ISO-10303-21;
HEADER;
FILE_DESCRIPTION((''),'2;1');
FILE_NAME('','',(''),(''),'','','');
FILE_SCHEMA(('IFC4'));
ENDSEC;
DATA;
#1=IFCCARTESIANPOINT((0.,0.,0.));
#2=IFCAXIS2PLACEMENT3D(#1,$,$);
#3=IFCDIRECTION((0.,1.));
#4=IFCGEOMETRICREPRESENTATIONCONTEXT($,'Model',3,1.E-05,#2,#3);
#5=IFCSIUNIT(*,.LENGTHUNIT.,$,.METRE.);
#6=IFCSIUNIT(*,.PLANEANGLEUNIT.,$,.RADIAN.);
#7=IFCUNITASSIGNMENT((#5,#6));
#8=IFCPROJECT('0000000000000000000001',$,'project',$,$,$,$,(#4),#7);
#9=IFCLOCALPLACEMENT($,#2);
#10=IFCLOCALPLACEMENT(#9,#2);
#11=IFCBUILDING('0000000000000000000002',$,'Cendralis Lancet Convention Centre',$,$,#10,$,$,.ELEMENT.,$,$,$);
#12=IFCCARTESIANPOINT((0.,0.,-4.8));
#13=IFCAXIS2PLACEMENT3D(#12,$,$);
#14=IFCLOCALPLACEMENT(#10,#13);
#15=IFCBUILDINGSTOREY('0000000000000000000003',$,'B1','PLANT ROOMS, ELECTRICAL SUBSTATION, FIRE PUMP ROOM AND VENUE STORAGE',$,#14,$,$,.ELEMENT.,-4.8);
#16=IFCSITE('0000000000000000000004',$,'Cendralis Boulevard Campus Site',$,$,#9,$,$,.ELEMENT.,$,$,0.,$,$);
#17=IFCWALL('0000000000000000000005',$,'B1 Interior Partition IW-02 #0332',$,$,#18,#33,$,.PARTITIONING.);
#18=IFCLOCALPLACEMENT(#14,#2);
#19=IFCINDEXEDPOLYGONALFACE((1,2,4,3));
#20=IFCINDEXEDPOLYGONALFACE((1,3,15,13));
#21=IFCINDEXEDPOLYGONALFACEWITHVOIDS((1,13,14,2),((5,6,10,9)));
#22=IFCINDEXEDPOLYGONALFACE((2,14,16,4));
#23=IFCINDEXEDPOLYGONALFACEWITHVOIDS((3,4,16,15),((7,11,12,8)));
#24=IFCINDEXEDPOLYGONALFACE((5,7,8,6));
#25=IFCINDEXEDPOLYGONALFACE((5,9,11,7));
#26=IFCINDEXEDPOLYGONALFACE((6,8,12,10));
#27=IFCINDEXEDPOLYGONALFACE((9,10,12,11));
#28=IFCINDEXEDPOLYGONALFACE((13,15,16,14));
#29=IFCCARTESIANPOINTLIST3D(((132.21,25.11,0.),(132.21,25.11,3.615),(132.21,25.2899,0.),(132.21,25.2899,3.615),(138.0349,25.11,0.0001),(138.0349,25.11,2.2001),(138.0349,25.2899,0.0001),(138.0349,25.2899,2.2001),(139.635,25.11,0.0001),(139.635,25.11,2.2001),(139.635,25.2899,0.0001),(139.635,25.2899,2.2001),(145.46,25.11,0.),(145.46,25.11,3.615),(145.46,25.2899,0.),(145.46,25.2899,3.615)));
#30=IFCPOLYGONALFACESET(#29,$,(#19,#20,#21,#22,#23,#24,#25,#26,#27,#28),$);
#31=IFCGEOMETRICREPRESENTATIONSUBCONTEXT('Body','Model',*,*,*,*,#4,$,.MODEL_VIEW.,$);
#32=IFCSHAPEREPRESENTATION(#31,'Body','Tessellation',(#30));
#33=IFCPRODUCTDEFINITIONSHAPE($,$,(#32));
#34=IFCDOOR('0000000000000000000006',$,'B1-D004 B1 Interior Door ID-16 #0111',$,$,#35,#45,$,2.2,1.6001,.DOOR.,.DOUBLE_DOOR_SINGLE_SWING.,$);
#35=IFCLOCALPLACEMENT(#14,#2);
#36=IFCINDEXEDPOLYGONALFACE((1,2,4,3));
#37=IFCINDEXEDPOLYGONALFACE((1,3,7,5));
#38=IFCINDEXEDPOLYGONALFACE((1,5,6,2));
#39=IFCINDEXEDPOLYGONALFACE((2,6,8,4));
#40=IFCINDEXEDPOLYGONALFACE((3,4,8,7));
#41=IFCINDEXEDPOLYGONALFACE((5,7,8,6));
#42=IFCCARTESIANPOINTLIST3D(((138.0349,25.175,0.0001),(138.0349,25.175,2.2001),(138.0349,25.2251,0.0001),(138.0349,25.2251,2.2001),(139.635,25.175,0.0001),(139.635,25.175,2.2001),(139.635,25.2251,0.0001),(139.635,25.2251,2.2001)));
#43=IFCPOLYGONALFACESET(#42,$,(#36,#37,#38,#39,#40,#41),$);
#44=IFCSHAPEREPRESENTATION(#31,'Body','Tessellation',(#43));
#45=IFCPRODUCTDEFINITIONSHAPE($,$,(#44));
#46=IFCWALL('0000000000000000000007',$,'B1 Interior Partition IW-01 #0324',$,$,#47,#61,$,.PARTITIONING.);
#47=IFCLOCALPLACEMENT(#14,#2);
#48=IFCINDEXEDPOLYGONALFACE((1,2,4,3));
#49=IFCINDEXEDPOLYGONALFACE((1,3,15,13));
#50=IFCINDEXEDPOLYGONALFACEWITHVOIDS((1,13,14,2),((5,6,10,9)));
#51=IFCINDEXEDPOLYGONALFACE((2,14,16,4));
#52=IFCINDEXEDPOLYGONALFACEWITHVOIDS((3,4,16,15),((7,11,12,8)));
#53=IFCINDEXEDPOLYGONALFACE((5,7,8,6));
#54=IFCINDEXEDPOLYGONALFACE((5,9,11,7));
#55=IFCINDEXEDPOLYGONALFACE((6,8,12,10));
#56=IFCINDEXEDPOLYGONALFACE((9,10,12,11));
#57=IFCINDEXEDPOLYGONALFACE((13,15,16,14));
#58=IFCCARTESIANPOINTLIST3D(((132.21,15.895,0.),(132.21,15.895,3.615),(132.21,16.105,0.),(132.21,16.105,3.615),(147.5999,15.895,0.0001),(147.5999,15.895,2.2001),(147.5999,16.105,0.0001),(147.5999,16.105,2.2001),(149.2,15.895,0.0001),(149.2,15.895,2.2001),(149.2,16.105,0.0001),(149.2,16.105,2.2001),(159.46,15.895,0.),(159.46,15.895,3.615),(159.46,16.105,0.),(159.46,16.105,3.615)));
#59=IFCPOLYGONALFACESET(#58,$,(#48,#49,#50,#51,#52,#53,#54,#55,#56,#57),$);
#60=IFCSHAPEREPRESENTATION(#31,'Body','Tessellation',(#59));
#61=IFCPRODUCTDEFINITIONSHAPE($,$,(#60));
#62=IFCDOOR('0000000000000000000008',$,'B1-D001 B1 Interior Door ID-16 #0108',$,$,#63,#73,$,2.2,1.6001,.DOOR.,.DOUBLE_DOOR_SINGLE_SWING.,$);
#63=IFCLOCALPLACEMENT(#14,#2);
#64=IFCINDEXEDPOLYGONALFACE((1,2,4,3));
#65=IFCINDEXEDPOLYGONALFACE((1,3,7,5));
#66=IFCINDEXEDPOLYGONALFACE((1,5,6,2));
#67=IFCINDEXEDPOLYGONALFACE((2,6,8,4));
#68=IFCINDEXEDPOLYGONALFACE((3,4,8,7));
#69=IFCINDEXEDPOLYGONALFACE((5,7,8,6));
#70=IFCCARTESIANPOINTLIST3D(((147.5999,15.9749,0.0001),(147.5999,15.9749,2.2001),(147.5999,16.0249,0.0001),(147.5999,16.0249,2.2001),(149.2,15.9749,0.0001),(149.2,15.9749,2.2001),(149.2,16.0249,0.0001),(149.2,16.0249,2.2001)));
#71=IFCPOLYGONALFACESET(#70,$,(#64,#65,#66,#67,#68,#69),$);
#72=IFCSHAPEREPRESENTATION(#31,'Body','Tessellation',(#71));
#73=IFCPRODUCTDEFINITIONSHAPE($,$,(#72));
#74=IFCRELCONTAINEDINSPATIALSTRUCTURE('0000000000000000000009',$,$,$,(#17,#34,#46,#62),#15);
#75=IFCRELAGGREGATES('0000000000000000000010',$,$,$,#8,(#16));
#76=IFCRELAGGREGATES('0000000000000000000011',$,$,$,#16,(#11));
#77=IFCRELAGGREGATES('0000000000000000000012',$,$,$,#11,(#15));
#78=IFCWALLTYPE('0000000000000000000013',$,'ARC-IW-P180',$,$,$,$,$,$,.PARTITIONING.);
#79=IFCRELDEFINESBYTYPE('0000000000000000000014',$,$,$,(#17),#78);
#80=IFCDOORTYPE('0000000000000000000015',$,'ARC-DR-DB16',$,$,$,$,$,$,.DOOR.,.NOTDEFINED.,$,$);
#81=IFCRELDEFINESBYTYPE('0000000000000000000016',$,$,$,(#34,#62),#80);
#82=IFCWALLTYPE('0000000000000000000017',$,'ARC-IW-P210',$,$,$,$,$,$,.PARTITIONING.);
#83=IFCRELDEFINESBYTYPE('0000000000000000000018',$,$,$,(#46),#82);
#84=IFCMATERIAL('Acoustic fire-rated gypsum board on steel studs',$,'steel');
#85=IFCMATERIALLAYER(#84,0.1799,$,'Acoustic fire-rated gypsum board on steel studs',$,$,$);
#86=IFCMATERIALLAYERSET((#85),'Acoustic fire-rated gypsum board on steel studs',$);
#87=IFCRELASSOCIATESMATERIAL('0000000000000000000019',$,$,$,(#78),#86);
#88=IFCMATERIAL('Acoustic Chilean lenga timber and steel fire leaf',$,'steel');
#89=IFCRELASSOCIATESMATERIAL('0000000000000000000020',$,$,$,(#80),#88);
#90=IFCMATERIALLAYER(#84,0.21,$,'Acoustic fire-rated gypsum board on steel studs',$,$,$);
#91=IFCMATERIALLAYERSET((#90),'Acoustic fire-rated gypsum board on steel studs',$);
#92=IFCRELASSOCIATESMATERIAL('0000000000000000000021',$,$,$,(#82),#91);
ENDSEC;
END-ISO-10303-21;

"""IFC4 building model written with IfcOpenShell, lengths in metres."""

from ifc_helpers import new_model, si_unit, direction, frame, frame_2d, origin, place, context, subcontext, project, spatial, rectangle, extrude, material, layer, layer_set, type_object, element, fill, save


model = new_model("IFC4")

# Units and contexts
model_context = context("Model", 3, precision=1e-05, world=origin(), true_north=direction((0.0, 1.0)))
body_context = subcontext(model_context, "Body", "Model", "MODEL_VIEW")
ifc_project = project(units=[si_unit("LENGTHUNIT", "METRE"), si_unit("PLANEANGLEUNIT", "RADIAN")], contexts=[model_context])

# Site, building, storey
site_placement = place(None, origin())
site = spatial("IfcSite", under=ifc_project, at=site_placement, Name="Cendralis Boulevard Campus Site", CompositionType="ELEMENT", RefElevation=0.0)
building_placement = place(site_placement, origin())
building = spatial("IfcBuilding", under=site, at=building_placement, Name="Cendralis Lancet Convention Centre", CompositionType="ELEMENT")
storey_placement = place(building_placement, frame((0.0, 0.0, -4.8)))
storey = spatial("IfcBuildingStorey", under=building, at=storey_placement, Name="B1", Description="PLANT ROOMS, ELECTRICAL SUBSTATION, FIRE PUMP ROOM AND VENUE STORAGE", CompositionType="ELEMENT", Elevation=-4.8)

# Shared definitions
ifc_material_1 = material(Name="Acoustic fire-rated gypsum board on steel studs", Category="steel")

# Walls, openings, doors
ifc_layer_1 = layer(ifc_material_1, 0.1799, Name="Acoustic fire-rated gypsum board on steel studs")
ifc_layer_set_1 = layer_set([ifc_layer_1], Name="Acoustic fire-rated gypsum board on steel studs")
wall_type_1 = type_object("IfcWallType", Name="ARC-IW-P180", PredefinedType="PARTITIONING", material=ifc_layer_set_1)
wall_1_placement = place(storey_placement, frame((132.21, 25.2, 0.0), z_axis=(0.0, 0.0, 1.0), x_axis=(1.0, 0.0, 0.0)))
wall_1 = element("IfcWall", 1, at=wall_1_placement, inside=storey, type_object=wall_type_1, Name="B1 Interior Partition IW-02 #0332", PredefinedType="PARTITIONING", context=body_context, shape_type="SweptSolid", body=[
    extrude(rectangle(XDim=13.25, YDim=0.1799, at=frame_2d((6.625, 0.0))), origin(), (0.0, 0.0, 1.0), 3.615),
])
opening_1_placement = place(wall_1_placement, frame((5.825, 0.0, 0.0)))
opening_1 = element("IfcOpeningElement", 2, at=opening_1_placement, cuts=wall_1, PredefinedType="OPENING", context=body_context, shape_type="SweptSolid", body=[
    extrude(rectangle(XDim=1.6001, YDim=2.2, at=frame_2d((0.8, 1.1001))), frame((0.0, 0.0999, 0.0), z_axis=(0.0, -1.0, 0.0), x_axis=(1.0, 0.0, 0.0)), (0.0, 0.0, 1.0), 0.2),
])
ifc_material_2 = material(Name="Acoustic Chilean lenga timber and steel fire leaf", Category="steel")
door_type_1 = type_object("IfcDoorType", Name="ARC-DR-DB16", OperationType="NOTDEFINED", PredefinedType="DOOR", material=ifc_material_2)
door_1_placement = place(opening_1_placement, frame((1.6001, 0.0, 0.0), z_axis=(0.0, 0.0, 1.0), x_axis=(-1.0, 0.0, 0.0)))
door_1 = element("IfcDoor", 3, at=door_1_placement, inside=storey, type_object=door_type_1, Name="B1-D004 B1 Interior Door ID-16 #0111", OperationType="DOUBLE_DOOR_SINGLE_SWING", OverallHeight=2.2, OverallWidth=1.6001, PredefinedType="DOOR", context=body_context, shape_type="SweptSolid", body=[
    extrude(rectangle(XDim=1.6001, YDim=2.2, at=frame_2d((0.8, 1.1001))), frame((0.0, 0.0249, 0.0), z_axis=(0.0, -1.0, 0.0), x_axis=(1.0, 0.0, 0.0)), (0.0, 0.0, 1.0), 0.05),
])
fill(opening_1, door_1)
ifc_layer_2 = layer(ifc_material_1, 0.21, Name="Acoustic fire-rated gypsum board on steel studs")
ifc_layer_set_2 = layer_set([ifc_layer_2], Name="Acoustic fire-rated gypsum board on steel studs")
wall_type_2 = type_object("IfcWallType", Name="ARC-IW-P210", PredefinedType="PARTITIONING", material=ifc_layer_set_2)
wall_2_placement = place(storey_placement, frame((132.21, 16.0, 0.0), z_axis=(0.0, 0.0, 1.0), x_axis=(1.0, 0.0, 0.0)))
wall_2 = element("IfcWall", 4, at=wall_2_placement, inside=storey, type_object=wall_type_2, Name="B1 Interior Partition IW-01 #0324", PredefinedType="PARTITIONING", context=body_context, shape_type="SweptSolid", body=[
    extrude(rectangle(XDim=27.25, YDim=0.21, at=frame_2d((13.625, 0.0))), origin(), (0.0, 0.0, 1.0), 3.615),
])
opening_2_placement = place(wall_2_placement, frame((15.3899, 0.0, 0.0)))
opening_2 = element("IfcOpeningElement", 5, at=opening_2_placement, cuts=wall_2, PredefinedType="OPENING", context=body_context, shape_type="SweptSolid", body=[
    extrude(rectangle(XDim=1.6001, YDim=2.2, at=frame_2d((0.8, 1.1001))), frame((0.0, 0.115, 0.0), z_axis=(0.0, -1.0, 0.0), x_axis=(1.0, 0.0, 0.0)), (0.0, 0.0, 1.0), 0.23),
])
door_2_placement = place(opening_2_placement, origin())
door_2 = element("IfcDoor", 6, at=door_2_placement, inside=storey, type_object=door_type_1, Name="B1-D001 B1 Interior Door ID-16 #0108", OperationType="DOUBLE_DOOR_SINGLE_SWING", OverallHeight=2.2, OverallWidth=1.6001, PredefinedType="DOOR", context=body_context, shape_type="SweptSolid", body=[
    extrude(rectangle(XDim=1.6001, YDim=2.2, at=frame_2d((0.8, 1.1001))), frame((0.0, 0.0249, 0.0), z_axis=(0.0, -1.0, 0.0), x_axis=(1.0, 0.0, 0.0)), (0.0, 0.0, 1.0), 0.05),
])
fill(opening_2, door_2)

save(model, "model.ifc")
